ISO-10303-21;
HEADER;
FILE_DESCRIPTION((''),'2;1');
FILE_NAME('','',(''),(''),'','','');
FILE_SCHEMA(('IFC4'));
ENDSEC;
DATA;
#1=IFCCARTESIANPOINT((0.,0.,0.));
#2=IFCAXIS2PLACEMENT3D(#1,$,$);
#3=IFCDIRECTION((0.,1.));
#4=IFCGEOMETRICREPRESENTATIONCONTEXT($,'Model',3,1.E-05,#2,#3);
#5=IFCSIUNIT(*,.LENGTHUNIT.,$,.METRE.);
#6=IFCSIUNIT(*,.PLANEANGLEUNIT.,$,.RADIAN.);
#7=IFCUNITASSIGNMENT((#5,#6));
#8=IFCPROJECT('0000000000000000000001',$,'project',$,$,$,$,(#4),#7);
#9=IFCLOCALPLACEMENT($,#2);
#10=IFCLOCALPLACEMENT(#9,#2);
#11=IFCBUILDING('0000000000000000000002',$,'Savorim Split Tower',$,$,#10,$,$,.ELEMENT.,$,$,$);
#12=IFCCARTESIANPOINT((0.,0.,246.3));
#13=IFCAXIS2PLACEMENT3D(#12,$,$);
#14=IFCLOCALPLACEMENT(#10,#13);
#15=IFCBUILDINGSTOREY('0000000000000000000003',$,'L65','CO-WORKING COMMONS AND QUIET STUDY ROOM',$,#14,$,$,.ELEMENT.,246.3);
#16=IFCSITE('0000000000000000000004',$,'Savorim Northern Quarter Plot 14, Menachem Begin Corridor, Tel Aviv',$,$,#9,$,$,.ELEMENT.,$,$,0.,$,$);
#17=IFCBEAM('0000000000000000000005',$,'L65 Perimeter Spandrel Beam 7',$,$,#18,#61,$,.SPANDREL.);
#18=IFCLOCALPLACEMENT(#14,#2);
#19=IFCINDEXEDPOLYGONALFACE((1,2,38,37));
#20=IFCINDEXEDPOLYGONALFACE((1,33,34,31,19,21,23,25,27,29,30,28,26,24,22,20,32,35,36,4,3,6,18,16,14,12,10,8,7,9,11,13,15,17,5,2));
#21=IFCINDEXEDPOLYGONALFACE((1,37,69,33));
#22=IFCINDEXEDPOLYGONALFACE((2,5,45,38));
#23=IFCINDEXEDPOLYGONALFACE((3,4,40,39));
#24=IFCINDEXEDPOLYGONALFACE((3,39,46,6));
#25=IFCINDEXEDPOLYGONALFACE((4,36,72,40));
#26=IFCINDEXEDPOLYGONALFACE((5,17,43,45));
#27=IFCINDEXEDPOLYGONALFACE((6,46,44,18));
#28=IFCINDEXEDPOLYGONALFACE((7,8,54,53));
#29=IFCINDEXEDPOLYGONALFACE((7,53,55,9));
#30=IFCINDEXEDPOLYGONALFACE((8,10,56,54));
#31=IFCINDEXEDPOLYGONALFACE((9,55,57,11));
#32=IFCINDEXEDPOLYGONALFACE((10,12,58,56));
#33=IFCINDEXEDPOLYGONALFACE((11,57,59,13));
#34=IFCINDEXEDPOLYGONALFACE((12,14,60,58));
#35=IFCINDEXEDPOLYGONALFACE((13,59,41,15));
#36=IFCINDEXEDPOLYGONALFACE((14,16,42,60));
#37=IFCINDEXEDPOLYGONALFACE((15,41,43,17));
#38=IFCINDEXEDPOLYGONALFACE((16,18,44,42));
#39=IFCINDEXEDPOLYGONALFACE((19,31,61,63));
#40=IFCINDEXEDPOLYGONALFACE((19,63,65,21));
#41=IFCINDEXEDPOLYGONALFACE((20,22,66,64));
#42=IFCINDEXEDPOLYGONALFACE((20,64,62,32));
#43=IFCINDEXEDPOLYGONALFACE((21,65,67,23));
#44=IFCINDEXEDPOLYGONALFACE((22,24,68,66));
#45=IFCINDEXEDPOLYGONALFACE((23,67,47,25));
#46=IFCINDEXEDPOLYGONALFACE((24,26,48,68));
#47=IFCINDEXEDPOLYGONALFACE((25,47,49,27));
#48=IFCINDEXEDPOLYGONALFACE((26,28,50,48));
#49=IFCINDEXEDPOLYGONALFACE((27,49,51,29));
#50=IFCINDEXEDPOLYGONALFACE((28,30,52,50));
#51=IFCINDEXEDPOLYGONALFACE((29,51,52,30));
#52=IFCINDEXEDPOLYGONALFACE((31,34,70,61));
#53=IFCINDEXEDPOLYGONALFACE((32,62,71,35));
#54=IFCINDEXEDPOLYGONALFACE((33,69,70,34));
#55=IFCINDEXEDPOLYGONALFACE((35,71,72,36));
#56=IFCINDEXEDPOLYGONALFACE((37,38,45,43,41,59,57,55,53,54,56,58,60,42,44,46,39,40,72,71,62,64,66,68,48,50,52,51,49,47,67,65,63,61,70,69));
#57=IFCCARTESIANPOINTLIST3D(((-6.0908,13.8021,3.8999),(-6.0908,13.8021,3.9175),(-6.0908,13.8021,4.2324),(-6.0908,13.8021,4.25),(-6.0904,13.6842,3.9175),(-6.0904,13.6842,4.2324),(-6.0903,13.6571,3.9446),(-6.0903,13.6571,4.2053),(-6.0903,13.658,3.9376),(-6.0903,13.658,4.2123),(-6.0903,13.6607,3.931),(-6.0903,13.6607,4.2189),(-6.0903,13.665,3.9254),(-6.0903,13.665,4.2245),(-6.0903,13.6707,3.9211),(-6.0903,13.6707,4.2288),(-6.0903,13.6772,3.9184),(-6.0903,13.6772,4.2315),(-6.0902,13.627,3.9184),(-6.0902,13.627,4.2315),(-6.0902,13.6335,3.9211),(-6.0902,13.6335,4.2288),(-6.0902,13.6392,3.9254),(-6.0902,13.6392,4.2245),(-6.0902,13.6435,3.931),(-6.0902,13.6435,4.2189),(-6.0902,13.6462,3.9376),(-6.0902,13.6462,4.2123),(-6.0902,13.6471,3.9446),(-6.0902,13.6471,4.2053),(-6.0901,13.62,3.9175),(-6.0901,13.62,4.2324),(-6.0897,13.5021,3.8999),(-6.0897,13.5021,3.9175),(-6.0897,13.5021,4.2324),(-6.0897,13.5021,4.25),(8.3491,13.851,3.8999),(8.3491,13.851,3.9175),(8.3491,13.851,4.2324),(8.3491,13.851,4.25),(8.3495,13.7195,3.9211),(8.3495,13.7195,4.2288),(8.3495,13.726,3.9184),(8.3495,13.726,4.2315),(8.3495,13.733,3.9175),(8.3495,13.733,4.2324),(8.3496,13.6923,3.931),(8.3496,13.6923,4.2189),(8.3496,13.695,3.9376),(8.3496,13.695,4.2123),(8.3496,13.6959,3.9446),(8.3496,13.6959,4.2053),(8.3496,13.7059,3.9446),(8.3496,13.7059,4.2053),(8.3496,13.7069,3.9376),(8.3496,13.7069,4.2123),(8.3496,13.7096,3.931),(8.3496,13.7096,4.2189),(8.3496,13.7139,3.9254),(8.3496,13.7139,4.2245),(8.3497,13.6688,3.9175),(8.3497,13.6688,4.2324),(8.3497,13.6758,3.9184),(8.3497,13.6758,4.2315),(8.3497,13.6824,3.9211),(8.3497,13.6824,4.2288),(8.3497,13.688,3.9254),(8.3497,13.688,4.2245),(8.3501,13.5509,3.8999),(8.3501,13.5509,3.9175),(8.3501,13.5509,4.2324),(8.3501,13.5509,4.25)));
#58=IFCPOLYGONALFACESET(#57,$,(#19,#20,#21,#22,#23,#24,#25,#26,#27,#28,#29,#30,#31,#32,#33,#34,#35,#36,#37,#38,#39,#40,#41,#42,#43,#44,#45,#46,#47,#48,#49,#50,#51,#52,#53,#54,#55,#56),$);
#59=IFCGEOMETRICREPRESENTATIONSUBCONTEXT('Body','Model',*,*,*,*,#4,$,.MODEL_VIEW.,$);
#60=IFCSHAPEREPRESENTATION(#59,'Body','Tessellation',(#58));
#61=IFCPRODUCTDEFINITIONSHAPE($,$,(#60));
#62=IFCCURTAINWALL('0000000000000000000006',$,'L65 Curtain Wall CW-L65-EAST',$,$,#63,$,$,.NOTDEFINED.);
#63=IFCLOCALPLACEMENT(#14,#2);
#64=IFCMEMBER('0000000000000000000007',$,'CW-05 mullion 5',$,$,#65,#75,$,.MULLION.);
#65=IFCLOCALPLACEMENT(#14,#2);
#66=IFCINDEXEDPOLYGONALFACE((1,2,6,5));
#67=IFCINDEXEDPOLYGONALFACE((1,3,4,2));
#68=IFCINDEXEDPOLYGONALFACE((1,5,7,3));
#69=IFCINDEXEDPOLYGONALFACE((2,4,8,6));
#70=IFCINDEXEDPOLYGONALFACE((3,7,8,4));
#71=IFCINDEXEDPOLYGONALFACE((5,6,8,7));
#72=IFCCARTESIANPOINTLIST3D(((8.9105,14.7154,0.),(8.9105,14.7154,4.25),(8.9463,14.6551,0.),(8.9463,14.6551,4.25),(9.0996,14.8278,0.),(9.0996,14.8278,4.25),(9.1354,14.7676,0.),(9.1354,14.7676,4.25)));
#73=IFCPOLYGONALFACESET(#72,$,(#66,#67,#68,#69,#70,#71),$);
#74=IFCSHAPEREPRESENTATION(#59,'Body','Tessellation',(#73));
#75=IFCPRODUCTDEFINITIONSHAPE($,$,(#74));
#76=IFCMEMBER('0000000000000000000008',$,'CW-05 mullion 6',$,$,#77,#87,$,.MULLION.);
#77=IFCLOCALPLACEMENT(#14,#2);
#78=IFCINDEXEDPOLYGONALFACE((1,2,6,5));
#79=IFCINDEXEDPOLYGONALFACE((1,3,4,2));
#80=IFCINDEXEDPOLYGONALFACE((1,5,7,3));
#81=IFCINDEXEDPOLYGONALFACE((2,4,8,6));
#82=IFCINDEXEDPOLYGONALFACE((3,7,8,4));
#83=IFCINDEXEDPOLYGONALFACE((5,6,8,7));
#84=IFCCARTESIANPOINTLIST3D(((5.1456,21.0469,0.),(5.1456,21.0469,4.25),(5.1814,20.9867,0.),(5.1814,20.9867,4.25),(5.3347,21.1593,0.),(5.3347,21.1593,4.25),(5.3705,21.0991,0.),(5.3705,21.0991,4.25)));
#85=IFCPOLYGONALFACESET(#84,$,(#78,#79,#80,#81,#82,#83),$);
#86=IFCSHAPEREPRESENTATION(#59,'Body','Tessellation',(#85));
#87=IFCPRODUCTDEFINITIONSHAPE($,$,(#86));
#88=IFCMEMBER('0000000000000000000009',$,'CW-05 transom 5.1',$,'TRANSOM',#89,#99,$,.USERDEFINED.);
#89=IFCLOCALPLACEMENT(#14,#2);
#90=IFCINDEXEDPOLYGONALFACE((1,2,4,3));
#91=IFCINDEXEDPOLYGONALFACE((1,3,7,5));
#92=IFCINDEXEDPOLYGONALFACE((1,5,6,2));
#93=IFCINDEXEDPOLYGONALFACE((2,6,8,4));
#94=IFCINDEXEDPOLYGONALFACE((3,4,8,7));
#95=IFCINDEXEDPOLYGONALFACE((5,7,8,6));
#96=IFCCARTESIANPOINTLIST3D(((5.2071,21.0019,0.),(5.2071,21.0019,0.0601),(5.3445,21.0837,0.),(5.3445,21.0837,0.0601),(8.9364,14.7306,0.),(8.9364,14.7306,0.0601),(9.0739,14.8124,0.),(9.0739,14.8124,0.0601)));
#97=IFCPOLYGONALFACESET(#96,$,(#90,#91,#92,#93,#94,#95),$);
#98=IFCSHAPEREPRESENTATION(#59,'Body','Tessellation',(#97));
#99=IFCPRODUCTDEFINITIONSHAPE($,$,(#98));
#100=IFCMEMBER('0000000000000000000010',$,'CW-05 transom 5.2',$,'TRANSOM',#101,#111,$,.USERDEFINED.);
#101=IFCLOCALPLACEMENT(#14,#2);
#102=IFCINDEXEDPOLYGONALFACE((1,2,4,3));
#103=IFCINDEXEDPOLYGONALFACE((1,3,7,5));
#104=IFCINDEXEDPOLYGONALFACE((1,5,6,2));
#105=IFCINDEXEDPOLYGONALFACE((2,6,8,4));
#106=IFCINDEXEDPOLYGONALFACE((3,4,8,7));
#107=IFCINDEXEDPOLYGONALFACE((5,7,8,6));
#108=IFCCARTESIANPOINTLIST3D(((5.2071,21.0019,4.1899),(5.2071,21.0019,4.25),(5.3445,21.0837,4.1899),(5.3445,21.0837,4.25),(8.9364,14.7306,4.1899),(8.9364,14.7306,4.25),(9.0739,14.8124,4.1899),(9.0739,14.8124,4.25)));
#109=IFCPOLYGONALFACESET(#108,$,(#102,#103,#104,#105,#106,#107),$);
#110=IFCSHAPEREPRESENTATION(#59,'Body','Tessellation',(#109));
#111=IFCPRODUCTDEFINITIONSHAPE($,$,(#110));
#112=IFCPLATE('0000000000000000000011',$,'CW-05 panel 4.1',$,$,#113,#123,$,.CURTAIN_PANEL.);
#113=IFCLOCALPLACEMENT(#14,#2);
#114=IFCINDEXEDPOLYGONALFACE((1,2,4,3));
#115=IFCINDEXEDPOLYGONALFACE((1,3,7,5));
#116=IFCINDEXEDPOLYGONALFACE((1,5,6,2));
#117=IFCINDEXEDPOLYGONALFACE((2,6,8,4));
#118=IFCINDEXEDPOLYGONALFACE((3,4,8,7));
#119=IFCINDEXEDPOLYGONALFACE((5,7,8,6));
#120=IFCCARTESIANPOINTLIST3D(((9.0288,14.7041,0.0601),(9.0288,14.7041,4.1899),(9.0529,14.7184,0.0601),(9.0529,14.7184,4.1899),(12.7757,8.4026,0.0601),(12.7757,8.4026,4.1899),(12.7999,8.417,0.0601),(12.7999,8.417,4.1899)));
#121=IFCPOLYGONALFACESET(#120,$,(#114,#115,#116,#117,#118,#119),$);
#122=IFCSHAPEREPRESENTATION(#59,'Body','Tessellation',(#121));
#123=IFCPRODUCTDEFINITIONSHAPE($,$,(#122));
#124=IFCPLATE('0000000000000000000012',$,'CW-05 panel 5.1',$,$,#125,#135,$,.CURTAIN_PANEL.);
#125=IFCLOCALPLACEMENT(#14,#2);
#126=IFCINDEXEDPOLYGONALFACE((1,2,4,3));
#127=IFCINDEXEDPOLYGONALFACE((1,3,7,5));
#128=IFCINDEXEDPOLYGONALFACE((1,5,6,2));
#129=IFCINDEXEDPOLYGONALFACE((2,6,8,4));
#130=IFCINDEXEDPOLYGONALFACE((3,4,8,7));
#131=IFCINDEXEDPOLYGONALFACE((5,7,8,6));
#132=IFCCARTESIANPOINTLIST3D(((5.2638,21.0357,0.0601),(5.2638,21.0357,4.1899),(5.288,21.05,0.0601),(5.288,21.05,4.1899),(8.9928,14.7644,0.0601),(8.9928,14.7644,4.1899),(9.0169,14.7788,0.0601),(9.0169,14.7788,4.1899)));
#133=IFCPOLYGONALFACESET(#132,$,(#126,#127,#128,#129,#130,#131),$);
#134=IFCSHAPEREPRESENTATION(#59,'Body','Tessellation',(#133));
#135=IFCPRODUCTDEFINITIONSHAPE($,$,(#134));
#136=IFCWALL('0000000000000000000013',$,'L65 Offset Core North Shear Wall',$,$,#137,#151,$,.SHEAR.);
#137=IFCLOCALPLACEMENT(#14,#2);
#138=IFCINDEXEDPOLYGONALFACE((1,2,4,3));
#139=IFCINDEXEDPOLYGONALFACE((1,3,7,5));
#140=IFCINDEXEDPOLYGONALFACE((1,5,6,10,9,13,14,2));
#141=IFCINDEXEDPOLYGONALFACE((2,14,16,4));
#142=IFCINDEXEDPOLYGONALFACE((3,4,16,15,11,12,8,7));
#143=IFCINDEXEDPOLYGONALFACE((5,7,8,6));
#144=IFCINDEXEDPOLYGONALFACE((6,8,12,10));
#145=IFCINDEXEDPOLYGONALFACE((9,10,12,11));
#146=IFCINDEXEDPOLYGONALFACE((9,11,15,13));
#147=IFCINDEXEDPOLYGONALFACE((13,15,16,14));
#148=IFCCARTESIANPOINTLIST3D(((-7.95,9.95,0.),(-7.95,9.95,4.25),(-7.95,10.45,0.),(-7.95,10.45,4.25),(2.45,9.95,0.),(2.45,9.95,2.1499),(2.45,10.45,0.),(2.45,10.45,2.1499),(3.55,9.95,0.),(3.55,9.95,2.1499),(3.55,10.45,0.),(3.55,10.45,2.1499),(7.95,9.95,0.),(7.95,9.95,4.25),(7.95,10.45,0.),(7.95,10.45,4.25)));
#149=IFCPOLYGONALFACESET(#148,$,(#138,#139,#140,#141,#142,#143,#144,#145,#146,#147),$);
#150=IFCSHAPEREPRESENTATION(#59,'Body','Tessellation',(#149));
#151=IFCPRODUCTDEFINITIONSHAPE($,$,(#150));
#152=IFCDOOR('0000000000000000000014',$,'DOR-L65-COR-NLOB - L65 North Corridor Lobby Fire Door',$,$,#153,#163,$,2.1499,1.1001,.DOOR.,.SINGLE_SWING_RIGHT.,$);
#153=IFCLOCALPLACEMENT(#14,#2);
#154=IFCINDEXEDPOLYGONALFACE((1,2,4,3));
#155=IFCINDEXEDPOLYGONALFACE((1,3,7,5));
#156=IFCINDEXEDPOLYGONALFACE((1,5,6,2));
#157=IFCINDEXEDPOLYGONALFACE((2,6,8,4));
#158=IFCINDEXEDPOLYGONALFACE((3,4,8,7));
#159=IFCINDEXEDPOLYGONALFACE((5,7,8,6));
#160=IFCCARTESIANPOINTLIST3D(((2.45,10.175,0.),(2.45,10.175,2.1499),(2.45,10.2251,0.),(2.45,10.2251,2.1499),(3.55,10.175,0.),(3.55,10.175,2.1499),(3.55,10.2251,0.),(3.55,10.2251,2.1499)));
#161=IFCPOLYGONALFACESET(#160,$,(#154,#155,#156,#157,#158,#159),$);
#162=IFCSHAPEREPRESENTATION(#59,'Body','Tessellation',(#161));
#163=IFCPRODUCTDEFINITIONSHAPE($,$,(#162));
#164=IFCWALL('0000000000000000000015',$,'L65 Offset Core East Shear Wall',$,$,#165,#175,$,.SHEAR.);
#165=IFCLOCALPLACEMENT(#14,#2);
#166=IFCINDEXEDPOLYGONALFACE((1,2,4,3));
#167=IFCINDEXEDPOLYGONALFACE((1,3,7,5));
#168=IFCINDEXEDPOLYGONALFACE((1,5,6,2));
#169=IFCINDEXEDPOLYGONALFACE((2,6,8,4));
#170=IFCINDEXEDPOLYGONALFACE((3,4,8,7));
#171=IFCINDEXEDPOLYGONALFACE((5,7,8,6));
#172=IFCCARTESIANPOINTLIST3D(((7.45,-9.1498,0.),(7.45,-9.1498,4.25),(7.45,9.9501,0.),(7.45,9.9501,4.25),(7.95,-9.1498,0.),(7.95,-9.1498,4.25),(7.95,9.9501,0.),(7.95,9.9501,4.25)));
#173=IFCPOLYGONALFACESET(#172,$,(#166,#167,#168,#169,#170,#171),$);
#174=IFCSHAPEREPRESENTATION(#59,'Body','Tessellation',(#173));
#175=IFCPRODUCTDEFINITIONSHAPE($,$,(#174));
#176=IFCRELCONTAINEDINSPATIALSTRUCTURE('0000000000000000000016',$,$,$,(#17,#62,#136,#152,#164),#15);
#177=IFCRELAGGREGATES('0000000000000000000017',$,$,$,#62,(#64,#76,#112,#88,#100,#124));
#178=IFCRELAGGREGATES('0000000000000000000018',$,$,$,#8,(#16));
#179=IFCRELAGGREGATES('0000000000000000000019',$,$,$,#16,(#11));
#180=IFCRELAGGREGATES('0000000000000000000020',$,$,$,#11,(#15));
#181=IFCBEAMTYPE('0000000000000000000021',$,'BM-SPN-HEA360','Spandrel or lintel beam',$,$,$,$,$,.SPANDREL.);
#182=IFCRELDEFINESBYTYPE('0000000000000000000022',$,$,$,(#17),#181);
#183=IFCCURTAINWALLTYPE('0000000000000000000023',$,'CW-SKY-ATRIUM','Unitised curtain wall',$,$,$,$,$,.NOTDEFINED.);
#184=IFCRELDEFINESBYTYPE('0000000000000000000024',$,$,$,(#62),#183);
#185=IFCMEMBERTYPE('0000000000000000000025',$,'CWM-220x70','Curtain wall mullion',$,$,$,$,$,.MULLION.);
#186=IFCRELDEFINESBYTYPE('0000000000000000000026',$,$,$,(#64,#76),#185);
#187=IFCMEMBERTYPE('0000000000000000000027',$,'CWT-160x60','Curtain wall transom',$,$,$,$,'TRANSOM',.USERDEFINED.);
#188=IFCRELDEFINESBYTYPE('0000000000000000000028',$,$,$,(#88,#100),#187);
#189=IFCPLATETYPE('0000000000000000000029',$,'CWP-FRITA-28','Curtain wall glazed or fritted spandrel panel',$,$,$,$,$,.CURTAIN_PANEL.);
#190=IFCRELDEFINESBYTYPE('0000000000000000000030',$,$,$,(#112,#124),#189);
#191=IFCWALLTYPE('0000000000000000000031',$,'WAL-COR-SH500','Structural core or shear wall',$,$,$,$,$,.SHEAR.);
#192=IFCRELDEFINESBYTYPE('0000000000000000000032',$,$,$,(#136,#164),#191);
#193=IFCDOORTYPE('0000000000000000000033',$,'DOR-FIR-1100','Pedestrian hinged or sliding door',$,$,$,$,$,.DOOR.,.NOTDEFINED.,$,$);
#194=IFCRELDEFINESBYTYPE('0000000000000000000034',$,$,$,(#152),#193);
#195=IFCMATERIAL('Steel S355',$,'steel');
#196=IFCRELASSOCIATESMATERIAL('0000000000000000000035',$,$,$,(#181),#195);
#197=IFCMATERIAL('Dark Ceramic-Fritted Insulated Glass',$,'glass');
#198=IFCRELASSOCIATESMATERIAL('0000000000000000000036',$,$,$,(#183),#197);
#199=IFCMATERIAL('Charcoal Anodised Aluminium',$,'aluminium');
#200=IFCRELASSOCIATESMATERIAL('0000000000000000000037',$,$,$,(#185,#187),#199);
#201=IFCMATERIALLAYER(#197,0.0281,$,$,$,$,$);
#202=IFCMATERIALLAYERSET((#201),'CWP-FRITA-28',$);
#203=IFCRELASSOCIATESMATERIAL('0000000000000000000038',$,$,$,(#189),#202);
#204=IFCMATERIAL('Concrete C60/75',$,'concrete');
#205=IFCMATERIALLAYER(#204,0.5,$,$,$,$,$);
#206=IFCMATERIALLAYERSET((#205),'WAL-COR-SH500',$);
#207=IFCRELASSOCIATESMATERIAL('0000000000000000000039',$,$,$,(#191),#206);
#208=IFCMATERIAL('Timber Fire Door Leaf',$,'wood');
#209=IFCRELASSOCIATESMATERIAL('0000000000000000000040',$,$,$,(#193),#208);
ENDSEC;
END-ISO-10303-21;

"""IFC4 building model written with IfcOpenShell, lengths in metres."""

from ifc_helpers import new_model, si_unit, direction, frame, frame_2d, origin, origin_2d, place, context, subcontext, project, spatial, rectangle, i_section, extrude, material, layer, layer_set, material_profile, profile_set, type_object, element, fill, aggregate, save


model = new_model("IFC4")

# Units and contexts
model_context = context("Model", 3, precision=1e-05, world=origin(), true_north=direction((0.0, 1.0)))
body_context = subcontext(model_context, "Body", "Model", "MODEL_VIEW")
ifc_project = project(units=[si_unit("LENGTHUNIT", "METRE"), si_unit("PLANEANGLEUNIT", "RADIAN")], contexts=[model_context])

# Site, building, storey
site_placement = place(None, origin())
site = spatial("IfcSite", under=ifc_project, at=site_placement, Name="Savorim Northern Quarter Plot 14, Menachem Begin Corridor, Tel Aviv", CompositionType="ELEMENT", RefElevation=0.0)
building_placement = place(site_placement, origin())
building = spatial("IfcBuilding", under=site, at=building_placement, Name="Savorim Split Tower", CompositionType="ELEMENT")
storey_placement = place(building_placement, frame((0.0, 0.0, 246.3)))
storey = spatial("IfcBuildingStorey", under=building, at=storey_placement, Name="L65", Description="CO-WORKING COMMONS AND QUIET STUDY ROOM", CompositionType="ELEMENT", Elevation=246.3)

# Shared definitions
ifc_material_1 = material(Name="Steel S355", Category="steel")

# Beam
ifc_material_profile_1 = material_profile(ifc_material_1, i_section(OverallWidth=0.3, OverallDepth=0.3501, WebThickness=0.01, FlangeThickness=0.0176, FilletRadius=0.0271, at=origin_2d()), Name="HEA 360")
ifc_profile_set_1 = profile_set([ifc_material_profile_1], Name="Steel S355")
beam_type_1 = type_object("IfcBeamType", Name="BM-SPN-HEA360", Description="Spandrel or lintel beam", PredefinedType="SPANDREL", material=ifc_profile_set_1)
beam_1_placement = place(storey_placement, frame((8.3496, 13.7009, 4.075), z_axis=(-0.999994, -0.003381, 0.0), x_axis=(0.003381, -0.999994, 0.0)))
element("IfcBeam", 1, at=beam_1_placement, inside=storey, type_object=beam_type_1, Name="L65 Perimeter Spandrel Beam 7", PredefinedType="SPANDREL", context=body_context, shape_type="SweptSolid", body=[
    extrude(i_section(OverallWidth=0.3, OverallDepth=0.3501, WebThickness=0.01, FlangeThickness=0.0176, FilletRadius=0.0271, at=origin_2d()), origin(), (0.0, 0.0, 1.0), 14.4399),
])

# Curtain wall, members, plates
ifc_material_2 = material(Name="Dark Ceramic-Fritted Insulated Glass", Category="glass")
curtain_wall_type = type_object("IfcCurtainWallType", Name="CW-SKY-ATRIUM", Description="Unitised curtain wall", PredefinedType="NOTDEFINED", material=ifc_material_2)
curtain_wall_placement = place(storey_placement, origin())
curtain_wall = element("IfcCurtainWall", 2, at=curtain_wall_placement, inside=storey, type_object=curtain_wall_type, Name="L65 Curtain Wall CW-L65-EAST", PredefinedType="NOTDEFINED")
ifc_material_3 = material(Name="Charcoal Anodised Aluminium", Category="aluminium")
ifc_material_profile_2 = material_profile(ifc_material_3, rectangle(XDim=0.22, YDim=0.0701, at=origin_2d()), Name="ALU-M 220x70")
ifc_profile_set_2 = profile_set([ifc_material_profile_2], Name="Charcoal Anodised Aluminium")
member_type_1 = type_object("IfcMemberType", Name="CWM-220x70", Description="Curtain wall mullion", PredefinedType="MULLION", material=ifc_profile_set_2)
member_1_placement = place(storey_placement, frame((9.0229, 14.7415, 0.0), z_axis=(0.0, 0.0, 1.0), x_axis=(-0.859527, -0.51109, 0.0)))
member_1 = element("IfcMember", 3, at=member_1_placement, type_object=member_type_1, Name="CW-05 mullion 5", PredefinedType="MULLION", context=body_context, shape_type="SweptSolid", body=[
    extrude(rectangle(XDim=0.22, YDim=0.0701, at=origin_2d()), origin(), (0.0, 0.0, 1.0), 4.25),
])
member_2_placement = place(storey_placement, frame((5.2581, 21.073, 0.0), z_axis=(0.0, 0.0, 1.0), x_axis=(-0.859527, -0.51109, 0.0)))
member_2 = element("IfcMember", 4, at=member_2_placement, type_object=member_type_1, Name="CW-05 mullion 6", PredefinedType="MULLION", context=body_context, shape_type="SweptSolid", body=[
    extrude(rectangle(XDim=0.22, YDim=0.0701, at=origin_2d()), origin(), (0.0, 0.0, 1.0), 4.25),
])
ifc_material_profile_3 = material_profile(ifc_material_3, rectangle(XDim=0.1599, YDim=0.0601, at=origin_2d()), Name="ALU-T 160x60")
ifc_profile_set_3 = profile_set([ifc_material_profile_3], Name="Charcoal Anodised Aluminium")
member_type_2 = type_object("IfcMemberType", Name="CWT-160x60", Description="Curtain wall transom", ElementType="TRANSOM", PredefinedType="USERDEFINED", material=ifc_profile_set_3)
member_3_placement = place(storey_placement, frame((9.0051, 14.7715, 0.03), z_axis=(-0.511116, 0.859512, 0.0), x_axis=(-0.859512, -0.511116, 0.0)))
member_3 = element("IfcMember", 5, at=member_3_placement, type_object=member_type_2, Name="CW-05 transom 5.1", ObjectType="TRANSOM", PredefinedType="USERDEFINED", context=body_context, shape_type="SweptSolid", body=[
    extrude(rectangle(XDim=0.1599, YDim=0.0601, at=origin_2d()), origin(), (0.0, 0.0, 1.0), 7.2964),
])
member_4_placement = place(storey_placement, frame((9.0051, 14.7715, 4.22), z_axis=(-0.511116, 0.859512, 0.0), x_axis=(-0.859512, -0.511116, 0.0)))
member_4 = element("IfcMember", 6, at=member_4_placement, type_object=member_type_2, Name="CW-05 transom 5.2", ObjectType="TRANSOM", PredefinedType="USERDEFINED", context=body_context, shape_type="SweptSolid", body=[
    extrude(rectangle(XDim=0.1599, YDim=0.0601, at=origin_2d()), origin(), (0.0, 0.0, 1.0), 7.2964),
])
ifc_layer_1 = layer(ifc_material_2, 0.0281)
ifc_layer_set_1 = layer_set([ifc_layer_1], Name="CWP-FRITA-28")
plate_type = type_object("IfcPlateType", Name="CWP-FRITA-28", Description="Curtain wall glazed or fritted spandrel panel", PredefinedType="CURTAIN_PANEL", material=ifc_layer_set_1)
plate_1_placement = place(storey_placement, frame((10.9143, 11.5605, 0.0601), z_axis=(0.0, 0.0, 1.0), x_axis=(-0.51109, 0.859527, 0.0)))
plate_1 = element("IfcPlate", 7, at=plate_1_placement, type_object=plate_type, Name="CW-05 panel 4.1", PredefinedType="CURTAIN_PANEL", context=body_context, shape_type="SweptSolid", body=[
    extrude(rectangle(XDim=7.3313, YDim=0.0281, at=origin_2d()), origin(), (0.0, 0.0, 1.0), 4.1299),
])
plate_2_placement = place(storey_placement, frame((7.1404, 17.9072, 0.0601), z_axis=(0.0, 0.0, 1.0), x_axis=(-0.51109, 0.859527, 0.0)))
plate_2 = element("IfcPlate", 8, at=plate_2_placement, type_object=plate_type, Name="CW-05 panel 5.1", PredefinedType="CURTAIN_PANEL", context=body_context, shape_type="SweptSolid", body=[
    extrude(rectangle(XDim=7.2961, YDim=0.0281, at=origin_2d()), origin(), (0.0, 0.0, 1.0), 4.1299),
])
aggregate(curtain_wall, [member_1, member_2, plate_1, member_3, member_4, plate_2])

# Wall, opening, door
ifc_material_4 = material(Name="Concrete C60/75", Category="concrete")
ifc_layer_2 = layer(ifc_material_4, 0.5)
ifc_layer_set_2 = layer_set([ifc_layer_2], Name="WAL-COR-SH500")
wall_type_1 = type_object("IfcWallType", Name="WAL-COR-SH500", Description="Structural core or shear wall", PredefinedType="SHEAR", material=ifc_layer_set_2)
wall_1_placement = place(storey_placement, frame((7.95, 10.2, 0.0), z_axis=(0.0, 0.0, 1.0), x_axis=(-1.0, 0.0, 0.0)))
wall_1 = element("IfcWall", 9, at=wall_1_placement, inside=storey, type_object=wall_type_1, Name="L65 Offset Core North Shear Wall", PredefinedType="SHEAR", context=body_context, shape_type="SweptSolid", body=[
    extrude(rectangle(XDim=15.8999, YDim=0.5, at=frame_2d((7.95, 0.0))), origin(), (0.0, 0.0, 1.0), 4.25),
])
opening_1_placement = place(wall_1_placement, frame((4.3999, 0.0, 0.0)))
opening_1 = element("IfcOpeningElement", 10, at=opening_1_placement, cuts=wall_1, PredefinedType="OPENING", context=body_context, shape_type="SweptSolid", body=[
    extrude(rectangle(XDim=1.1001, YDim=2.1499, at=frame_2d((0.55, 1.075))), frame((0.0, 0.26, 0.0), z_axis=(0.0, -1.0, 0.0), x_axis=(1.0, 0.0, 0.0)), (0.0, 0.0, 1.0), 0.52),
])
ifc_material_5 = material(Name="Timber Fire Door Leaf", Category="wood")
door_type_1 = type_object("IfcDoorType", Name="DOR-FIR-1100", Description="Pedestrian hinged or sliding door", OperationType="NOTDEFINED", PredefinedType="DOOR", material=ifc_material_5)
door_1_placement = place(opening_1_placement, origin())
door_1 = element("IfcDoor", 11, at=door_1_placement, inside=storey, type_object=door_type_1, Name="DOR-L65-COR-NLOB - L65 North Corridor Lobby Fire Door", OperationType="SINGLE_SWING_RIGHT", OverallHeight=2.1499, OverallWidth=1.1001, PredefinedType="DOOR", context=body_context, shape_type="SweptSolid", body=[
    extrude(rectangle(XDim=1.1001, YDim=2.1499, at=frame_2d((0.55, 1.075))), frame((0.0, 0.0249, 0.0), z_axis=(0.0, -1.0, 0.0), x_axis=(1.0, 0.0, 0.0)), (0.0, 0.0, 1.0), 0.05),
])
fill(opening_1, door_1)

# Wall
wall_2_placement = place(storey_placement, frame((7.7, 9.95, 0.0), z_axis=(0.0, 0.0, 1.0), x_axis=(0.0, -1.0, 0.0)))
element("IfcWall", 12, at=wall_2_placement, inside=storey, type_object=wall_type_1, Name="L65 Offset Core East Shear Wall", PredefinedType="SHEAR", context=body_context, shape_type="SweptSolid", body=[
    extrude(rectangle(XDim=19.0999, YDim=0.5, at=frame_2d((9.5498, 0.0))), origin(), (0.0, 0.0, 1.0), 4.25),
])

save(model, "model.ifc")
